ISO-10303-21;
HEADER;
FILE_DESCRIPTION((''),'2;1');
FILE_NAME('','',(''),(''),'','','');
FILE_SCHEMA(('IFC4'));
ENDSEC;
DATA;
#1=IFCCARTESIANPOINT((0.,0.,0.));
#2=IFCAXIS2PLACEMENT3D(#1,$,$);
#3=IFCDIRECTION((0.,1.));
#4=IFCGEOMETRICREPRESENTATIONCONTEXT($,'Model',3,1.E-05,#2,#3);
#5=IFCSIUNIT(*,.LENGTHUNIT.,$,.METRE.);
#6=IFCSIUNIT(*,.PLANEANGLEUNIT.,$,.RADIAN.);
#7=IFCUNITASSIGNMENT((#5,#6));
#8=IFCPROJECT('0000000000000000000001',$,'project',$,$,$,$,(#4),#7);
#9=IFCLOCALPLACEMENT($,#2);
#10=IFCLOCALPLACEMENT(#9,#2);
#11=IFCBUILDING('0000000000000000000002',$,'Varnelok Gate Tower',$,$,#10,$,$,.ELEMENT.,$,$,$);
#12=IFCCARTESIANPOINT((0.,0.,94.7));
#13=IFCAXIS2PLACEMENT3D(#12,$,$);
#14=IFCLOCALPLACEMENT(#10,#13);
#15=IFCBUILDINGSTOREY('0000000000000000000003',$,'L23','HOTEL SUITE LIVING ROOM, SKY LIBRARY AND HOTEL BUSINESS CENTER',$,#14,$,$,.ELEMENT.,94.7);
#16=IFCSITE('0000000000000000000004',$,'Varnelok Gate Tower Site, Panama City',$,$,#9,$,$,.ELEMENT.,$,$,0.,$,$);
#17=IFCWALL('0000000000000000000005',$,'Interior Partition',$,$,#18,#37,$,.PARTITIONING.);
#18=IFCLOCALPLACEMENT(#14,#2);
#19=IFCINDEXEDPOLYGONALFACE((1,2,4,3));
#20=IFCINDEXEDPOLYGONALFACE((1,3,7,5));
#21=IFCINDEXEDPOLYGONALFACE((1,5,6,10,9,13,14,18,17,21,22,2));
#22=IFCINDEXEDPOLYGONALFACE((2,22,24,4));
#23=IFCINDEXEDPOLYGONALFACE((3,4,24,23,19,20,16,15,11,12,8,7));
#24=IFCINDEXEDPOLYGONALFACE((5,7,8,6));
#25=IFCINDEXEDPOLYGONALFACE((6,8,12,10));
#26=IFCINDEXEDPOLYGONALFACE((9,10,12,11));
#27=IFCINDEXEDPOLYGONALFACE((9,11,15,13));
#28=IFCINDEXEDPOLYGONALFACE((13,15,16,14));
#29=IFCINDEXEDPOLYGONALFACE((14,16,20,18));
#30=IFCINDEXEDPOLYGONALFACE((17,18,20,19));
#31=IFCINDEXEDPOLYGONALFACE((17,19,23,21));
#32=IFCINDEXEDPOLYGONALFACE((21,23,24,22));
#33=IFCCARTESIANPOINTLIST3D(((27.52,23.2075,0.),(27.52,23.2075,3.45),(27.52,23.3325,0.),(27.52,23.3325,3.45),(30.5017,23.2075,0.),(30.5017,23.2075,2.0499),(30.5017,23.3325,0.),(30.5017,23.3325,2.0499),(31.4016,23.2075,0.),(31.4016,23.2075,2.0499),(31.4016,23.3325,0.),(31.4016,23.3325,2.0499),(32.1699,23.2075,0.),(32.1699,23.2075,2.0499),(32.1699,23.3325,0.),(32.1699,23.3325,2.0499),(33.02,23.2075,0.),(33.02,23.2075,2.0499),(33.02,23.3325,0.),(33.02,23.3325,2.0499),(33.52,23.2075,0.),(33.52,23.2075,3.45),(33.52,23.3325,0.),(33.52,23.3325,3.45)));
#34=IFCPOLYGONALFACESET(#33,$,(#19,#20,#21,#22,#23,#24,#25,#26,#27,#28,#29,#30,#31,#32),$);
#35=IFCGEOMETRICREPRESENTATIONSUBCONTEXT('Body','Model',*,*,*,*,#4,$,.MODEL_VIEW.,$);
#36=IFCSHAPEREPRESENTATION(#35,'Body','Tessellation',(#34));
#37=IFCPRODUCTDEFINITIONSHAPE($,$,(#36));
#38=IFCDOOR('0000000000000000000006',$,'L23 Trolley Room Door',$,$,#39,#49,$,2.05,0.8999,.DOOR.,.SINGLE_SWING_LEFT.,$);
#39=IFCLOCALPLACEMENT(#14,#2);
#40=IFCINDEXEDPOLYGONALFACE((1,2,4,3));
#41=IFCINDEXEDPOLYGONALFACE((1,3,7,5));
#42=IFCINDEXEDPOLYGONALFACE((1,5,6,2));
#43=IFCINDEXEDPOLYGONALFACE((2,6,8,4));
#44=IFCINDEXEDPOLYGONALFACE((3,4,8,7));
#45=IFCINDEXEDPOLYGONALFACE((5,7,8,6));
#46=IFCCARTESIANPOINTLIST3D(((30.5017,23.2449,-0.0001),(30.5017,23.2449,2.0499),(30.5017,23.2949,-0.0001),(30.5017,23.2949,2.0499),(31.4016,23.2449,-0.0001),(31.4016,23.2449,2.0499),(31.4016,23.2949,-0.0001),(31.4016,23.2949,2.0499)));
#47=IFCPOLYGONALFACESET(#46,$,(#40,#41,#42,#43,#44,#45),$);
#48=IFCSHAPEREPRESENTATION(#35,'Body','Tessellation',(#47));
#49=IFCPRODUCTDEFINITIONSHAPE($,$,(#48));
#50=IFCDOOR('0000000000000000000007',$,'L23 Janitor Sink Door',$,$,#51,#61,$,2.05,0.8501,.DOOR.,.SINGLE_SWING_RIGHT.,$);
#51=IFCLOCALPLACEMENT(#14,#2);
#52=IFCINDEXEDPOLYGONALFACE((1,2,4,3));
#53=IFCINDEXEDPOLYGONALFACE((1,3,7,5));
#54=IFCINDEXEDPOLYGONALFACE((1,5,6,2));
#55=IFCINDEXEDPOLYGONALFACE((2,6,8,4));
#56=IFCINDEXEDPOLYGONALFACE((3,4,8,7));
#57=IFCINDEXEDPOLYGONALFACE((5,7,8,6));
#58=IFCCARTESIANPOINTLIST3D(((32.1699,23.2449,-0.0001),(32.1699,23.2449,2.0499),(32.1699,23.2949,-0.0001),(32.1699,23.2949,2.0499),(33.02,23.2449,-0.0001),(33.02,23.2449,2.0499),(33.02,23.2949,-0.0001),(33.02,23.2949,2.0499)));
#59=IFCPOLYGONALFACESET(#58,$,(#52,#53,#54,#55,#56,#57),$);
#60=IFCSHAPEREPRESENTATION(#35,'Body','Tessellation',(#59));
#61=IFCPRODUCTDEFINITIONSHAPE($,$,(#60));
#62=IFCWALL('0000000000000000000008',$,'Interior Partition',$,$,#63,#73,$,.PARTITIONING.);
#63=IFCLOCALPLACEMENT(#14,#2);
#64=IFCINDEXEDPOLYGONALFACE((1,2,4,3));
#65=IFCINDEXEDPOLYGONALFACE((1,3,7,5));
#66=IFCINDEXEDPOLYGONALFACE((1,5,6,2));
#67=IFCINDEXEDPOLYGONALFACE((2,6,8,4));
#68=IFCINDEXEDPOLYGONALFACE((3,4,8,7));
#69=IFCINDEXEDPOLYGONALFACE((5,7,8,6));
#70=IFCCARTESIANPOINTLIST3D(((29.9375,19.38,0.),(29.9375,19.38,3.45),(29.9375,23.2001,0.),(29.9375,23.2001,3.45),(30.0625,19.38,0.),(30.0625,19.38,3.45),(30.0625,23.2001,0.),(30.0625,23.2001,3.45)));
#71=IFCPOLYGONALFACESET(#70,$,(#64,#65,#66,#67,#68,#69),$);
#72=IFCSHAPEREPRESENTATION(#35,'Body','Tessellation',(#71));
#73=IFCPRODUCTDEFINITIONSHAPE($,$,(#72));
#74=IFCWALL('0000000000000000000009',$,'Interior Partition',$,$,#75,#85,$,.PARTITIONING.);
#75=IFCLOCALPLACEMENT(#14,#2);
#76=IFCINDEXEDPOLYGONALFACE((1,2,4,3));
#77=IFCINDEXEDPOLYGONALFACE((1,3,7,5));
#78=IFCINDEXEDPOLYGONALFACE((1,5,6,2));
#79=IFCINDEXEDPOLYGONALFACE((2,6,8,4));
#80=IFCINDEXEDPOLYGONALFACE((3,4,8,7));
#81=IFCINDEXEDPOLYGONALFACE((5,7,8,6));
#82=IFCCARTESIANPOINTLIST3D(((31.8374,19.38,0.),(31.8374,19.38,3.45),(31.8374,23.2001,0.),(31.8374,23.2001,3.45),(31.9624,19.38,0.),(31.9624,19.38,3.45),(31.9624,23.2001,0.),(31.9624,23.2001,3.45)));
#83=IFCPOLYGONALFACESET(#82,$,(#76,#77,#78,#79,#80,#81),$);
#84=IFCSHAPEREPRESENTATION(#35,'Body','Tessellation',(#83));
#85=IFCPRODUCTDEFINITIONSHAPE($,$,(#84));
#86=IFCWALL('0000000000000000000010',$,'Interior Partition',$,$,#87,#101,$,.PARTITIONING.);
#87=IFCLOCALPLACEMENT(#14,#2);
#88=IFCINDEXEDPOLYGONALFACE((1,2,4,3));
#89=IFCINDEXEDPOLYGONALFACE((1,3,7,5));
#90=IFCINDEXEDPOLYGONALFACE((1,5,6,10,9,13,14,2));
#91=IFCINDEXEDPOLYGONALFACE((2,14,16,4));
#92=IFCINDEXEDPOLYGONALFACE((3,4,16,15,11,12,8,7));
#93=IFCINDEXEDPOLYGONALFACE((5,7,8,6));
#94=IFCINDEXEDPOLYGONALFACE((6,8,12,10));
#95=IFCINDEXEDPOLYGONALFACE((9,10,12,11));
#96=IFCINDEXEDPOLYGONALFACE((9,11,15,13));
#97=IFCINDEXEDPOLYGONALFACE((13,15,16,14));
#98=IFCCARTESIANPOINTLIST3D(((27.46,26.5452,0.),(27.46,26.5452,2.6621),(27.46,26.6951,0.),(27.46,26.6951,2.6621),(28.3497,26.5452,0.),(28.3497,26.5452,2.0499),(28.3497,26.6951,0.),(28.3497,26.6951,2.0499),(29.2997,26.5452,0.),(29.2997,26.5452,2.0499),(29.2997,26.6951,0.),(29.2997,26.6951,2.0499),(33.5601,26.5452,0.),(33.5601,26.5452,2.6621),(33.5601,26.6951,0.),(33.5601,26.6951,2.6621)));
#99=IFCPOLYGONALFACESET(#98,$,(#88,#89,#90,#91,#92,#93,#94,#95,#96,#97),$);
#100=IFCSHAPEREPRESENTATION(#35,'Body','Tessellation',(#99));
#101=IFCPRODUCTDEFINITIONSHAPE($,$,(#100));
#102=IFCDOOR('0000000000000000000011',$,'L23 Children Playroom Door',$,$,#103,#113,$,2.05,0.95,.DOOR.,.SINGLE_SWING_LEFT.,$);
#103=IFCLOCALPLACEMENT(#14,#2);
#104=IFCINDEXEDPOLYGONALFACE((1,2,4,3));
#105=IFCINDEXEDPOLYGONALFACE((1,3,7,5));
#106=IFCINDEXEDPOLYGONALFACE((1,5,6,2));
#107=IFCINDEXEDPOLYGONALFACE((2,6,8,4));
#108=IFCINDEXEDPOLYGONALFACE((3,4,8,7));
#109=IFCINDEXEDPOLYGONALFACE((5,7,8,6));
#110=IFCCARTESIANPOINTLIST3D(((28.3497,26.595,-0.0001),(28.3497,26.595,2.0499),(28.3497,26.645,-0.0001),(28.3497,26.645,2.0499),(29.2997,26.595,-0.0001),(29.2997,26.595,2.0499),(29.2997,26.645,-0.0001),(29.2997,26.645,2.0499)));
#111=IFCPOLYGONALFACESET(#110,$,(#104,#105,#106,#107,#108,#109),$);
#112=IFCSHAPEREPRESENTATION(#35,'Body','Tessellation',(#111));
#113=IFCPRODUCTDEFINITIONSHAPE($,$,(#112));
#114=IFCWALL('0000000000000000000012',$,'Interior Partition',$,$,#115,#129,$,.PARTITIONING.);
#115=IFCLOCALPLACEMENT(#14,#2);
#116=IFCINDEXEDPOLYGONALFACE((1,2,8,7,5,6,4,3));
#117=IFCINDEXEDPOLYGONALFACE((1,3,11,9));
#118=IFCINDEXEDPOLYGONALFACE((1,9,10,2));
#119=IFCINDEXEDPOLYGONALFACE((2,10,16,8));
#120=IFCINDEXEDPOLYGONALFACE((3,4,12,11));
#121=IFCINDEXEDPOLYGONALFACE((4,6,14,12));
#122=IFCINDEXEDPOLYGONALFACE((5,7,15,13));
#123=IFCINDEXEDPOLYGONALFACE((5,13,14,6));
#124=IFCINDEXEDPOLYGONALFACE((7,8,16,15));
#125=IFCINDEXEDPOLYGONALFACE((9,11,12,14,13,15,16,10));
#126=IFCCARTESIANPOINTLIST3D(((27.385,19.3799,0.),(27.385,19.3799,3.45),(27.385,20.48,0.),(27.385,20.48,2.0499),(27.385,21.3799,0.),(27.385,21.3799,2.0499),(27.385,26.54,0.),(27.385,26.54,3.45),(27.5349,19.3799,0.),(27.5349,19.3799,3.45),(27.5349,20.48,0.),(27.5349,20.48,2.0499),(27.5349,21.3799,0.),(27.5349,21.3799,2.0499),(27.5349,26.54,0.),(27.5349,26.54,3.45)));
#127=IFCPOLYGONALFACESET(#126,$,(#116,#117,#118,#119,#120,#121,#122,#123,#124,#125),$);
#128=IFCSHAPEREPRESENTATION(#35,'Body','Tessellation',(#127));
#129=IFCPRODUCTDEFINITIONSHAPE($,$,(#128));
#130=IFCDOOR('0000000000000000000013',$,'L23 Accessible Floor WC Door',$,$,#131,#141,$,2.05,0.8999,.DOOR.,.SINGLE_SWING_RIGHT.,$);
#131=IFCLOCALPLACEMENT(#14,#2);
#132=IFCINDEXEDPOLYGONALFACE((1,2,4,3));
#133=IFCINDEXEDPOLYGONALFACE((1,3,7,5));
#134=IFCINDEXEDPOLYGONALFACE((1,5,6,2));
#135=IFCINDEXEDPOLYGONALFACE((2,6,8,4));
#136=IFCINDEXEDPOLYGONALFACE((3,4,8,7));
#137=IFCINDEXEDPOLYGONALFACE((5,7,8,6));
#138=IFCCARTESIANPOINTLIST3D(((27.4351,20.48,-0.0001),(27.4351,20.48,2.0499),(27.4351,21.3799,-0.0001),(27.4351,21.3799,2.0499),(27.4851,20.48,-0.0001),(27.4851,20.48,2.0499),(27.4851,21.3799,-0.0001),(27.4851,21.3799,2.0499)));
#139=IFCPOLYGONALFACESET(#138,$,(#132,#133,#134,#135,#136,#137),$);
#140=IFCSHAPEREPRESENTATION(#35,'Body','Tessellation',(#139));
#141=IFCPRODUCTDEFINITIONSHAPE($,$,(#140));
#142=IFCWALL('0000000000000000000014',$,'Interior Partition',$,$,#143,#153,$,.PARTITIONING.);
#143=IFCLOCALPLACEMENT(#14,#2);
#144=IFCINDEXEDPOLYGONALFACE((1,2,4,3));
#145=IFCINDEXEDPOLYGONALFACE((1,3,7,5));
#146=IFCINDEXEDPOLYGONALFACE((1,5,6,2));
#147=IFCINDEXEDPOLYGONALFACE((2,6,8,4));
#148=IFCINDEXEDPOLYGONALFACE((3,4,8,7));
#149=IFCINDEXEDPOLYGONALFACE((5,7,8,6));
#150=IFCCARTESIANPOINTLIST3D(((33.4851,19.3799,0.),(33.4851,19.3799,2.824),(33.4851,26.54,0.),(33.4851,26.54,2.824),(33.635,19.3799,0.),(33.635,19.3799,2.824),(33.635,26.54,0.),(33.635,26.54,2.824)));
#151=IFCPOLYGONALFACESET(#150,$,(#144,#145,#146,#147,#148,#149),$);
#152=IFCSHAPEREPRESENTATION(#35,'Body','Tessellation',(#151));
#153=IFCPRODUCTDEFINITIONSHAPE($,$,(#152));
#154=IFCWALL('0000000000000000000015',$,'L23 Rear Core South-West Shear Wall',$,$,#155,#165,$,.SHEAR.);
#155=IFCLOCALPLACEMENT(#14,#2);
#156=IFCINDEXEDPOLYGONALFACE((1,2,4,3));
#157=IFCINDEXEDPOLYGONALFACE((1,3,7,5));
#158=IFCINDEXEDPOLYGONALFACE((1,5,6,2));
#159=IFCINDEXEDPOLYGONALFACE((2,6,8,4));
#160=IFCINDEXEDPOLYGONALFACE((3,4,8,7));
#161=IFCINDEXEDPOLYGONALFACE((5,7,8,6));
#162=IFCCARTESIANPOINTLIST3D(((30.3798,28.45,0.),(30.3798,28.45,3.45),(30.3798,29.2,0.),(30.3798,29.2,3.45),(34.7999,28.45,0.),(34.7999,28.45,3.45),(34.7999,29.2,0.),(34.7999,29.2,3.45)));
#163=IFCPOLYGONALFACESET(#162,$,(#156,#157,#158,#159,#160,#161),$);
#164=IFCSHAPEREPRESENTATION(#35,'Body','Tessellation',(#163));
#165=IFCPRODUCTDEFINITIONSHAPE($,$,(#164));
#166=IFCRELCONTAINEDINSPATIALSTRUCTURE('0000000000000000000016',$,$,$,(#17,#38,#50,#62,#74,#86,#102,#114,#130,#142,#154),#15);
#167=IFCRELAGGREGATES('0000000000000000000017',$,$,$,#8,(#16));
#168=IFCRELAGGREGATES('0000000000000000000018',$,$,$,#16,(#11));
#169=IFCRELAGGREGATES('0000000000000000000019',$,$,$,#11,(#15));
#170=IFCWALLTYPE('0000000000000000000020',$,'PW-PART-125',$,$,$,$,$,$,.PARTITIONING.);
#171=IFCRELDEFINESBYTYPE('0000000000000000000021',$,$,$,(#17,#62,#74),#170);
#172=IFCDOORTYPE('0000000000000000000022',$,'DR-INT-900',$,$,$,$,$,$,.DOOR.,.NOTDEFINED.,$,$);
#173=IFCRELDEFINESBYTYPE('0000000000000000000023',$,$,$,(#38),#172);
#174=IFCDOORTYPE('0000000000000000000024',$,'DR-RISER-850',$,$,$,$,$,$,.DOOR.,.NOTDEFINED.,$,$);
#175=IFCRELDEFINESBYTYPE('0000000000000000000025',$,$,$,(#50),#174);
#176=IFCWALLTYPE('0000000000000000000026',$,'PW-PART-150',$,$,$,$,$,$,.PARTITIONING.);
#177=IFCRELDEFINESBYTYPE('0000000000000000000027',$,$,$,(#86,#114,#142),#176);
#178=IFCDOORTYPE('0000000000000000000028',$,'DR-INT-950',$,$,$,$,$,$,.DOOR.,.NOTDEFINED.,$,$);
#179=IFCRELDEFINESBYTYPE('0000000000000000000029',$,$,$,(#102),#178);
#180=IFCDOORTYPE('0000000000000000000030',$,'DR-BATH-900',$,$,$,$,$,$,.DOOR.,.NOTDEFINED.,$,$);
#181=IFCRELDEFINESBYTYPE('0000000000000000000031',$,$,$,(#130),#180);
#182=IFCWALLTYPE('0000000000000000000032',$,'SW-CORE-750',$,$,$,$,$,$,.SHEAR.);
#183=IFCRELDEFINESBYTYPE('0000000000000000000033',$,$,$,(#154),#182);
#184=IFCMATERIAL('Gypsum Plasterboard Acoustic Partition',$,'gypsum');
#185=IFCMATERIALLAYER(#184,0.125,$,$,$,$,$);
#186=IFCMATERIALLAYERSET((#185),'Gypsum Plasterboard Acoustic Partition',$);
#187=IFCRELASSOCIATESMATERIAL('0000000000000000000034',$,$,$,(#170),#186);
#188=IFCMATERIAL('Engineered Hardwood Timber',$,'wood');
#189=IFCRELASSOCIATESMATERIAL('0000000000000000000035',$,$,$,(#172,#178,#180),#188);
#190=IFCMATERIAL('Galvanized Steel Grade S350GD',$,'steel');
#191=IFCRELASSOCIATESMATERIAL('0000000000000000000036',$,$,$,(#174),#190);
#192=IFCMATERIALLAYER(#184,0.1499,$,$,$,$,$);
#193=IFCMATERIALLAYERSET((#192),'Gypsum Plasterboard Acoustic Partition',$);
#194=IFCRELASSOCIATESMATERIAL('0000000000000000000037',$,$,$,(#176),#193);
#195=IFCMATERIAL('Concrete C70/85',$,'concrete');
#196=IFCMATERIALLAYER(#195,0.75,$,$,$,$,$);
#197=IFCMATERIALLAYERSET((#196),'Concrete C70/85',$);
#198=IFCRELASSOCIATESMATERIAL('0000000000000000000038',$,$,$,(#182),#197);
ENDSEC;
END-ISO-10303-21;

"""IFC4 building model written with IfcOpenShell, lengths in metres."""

from ifc_helpers import new_model, si_unit, direction, frame, frame_2d, origin, place, context, subcontext, project, spatial, rectangle, extrude, material, layer, layer_set, type_object, element, fill, save


model = new_model("IFC4")

# Units and contexts
model_context = context("Model", 3, precision=1e-05, world=origin(), true_north=direction((0.0, 1.0)))
body_context = subcontext(model_context, "Body", "Model", "MODEL_VIEW")
ifc_project = project(units=[si_unit("LENGTHUNIT", "METRE"), si_unit("PLANEANGLEUNIT", "RADIAN")], contexts=[model_context])

# Site, building, storey
site_placement = place(None, origin())
site = spatial("IfcSite", under=ifc_project, at=site_placement, Name="Varnelok Gate Tower Site, Panama City", CompositionType="ELEMENT", RefElevation=0.0)
building_placement = place(site_placement, origin())
building = spatial("IfcBuilding", under=site, at=building_placement, Name="Varnelok Gate Tower", CompositionType="ELEMENT")
storey_placement = place(building_placement, frame((0.0, 0.0, 94.7)))
storey = spatial("IfcBuildingStorey", under=building, at=storey_placement, Name="L23", Description="HOTEL SUITE LIVING ROOM, SKY LIBRARY AND HOTEL BUSINESS CENTER", CompositionType="ELEMENT", Elevation=94.7)

# Shared definitions
ifc_material_1 = material(Name="Concrete C70/85", Category="concrete")

# Wall, openings, doors
ifc_material_2 = material(Name="Gypsum Plasterboard Acoustic Partition", Category="gypsum")
ifc_layer_1 = layer(ifc_material_2, 0.125)
ifc_layer_set_1 = layer_set([ifc_layer_1], Name="Gypsum Plasterboard Acoustic Partition")
wall_type_1 = type_object("IfcWallType", Name="PW-PART-125", PredefinedType="PARTITIONING", material=ifc_layer_set_1)
wall_1_placement = place(storey_placement, frame((27.52, 23.27, 0.0), z_axis=(0.0, 0.0, 1.0), x_axis=(1.0, 0.0, 0.0)))
wall_1 = element("IfcWall", 1, at=wall_1_placement, inside=storey, type_object=wall_type_1, Name="Interior Partition", PredefinedType="PARTITIONING", context=body_context, shape_type="SweptSolid", body=[
    extrude(rectangle(XDim=6.0, YDim=0.125, at=frame_2d((3.0, 0.0))), origin(), (0.0, 0.0, 1.0), 3.45),
])
opening_1_placement = place(wall_1_placement, frame((2.9817, 0.0, 0.0)))
opening_1 = element("IfcOpeningElement", 2, at=opening_1_placement, cuts=wall_1, PredefinedType="OPENING", context=body_context, shape_type="SweptSolid", body=[
    extrude(rectangle(XDim=0.8999, YDim=2.05, at=frame_2d((0.45, 1.0249))), frame((0.0, 0.0725, 0.0), z_axis=(0.0, -1.0, 0.0), x_axis=(1.0, 0.0, 0.0)), (0.0, 0.0, 1.0), 0.145),
])
opening_2_placement = place(wall_1_placement, frame((4.6499, 0.0, 0.0)))
opening_2 = element("IfcOpeningElement", 3, at=opening_2_placement, cuts=wall_1, PredefinedType="OPENING", context=body_context, shape_type="SweptSolid", body=[
    extrude(rectangle(XDim=0.8501, YDim=2.05, at=frame_2d((0.425, 1.0249))), frame((0.0, 0.0725, 0.0), z_axis=(0.0, -1.0, 0.0), x_axis=(1.0, 0.0, 0.0)), (0.0, 0.0, 1.0), 0.145),
])
ifc_material_3 = material(Name="Engineered Hardwood Timber", Category="wood")
door_type_1 = type_object("IfcDoorType", Name="DR-INT-900", OperationType="NOTDEFINED", PredefinedType="DOOR", material=ifc_material_3)
door_1_placement = place(opening_1_placement, origin())
door_1 = element("IfcDoor", 4, at=door_1_placement, inside=storey, type_object=door_type_1, Name="L23 Trolley Room Door", OperationType="SINGLE_SWING_LEFT", OverallHeight=2.05, OverallWidth=0.8999, PredefinedType="DOOR", context=body_context, shape_type="SweptSolid", body=[
    extrude(rectangle(XDim=0.8999, YDim=2.05, at=frame_2d((0.45, 1.0249))), frame((0.0, 0.0249, 0.0), z_axis=(0.0, -1.0, 0.0), x_axis=(1.0, 0.0, 0.0)), (0.0, 0.0, 1.0), 0.05),
])
fill(opening_1, door_1)
ifc_material_4 = material(Name="Galvanized Steel Grade S350GD", Category="steel")
door_type_2 = type_object("IfcDoorType", Name="DR-RISER-850", OperationType="NOTDEFINED", PredefinedType="DOOR", material=ifc_material_4)
door_2_placement = place(opening_2_placement, origin())
door_2 = element("IfcDoor", 5, at=door_2_placement, inside=storey, type_object=door_type_2, Name="L23 Janitor Sink Door", OperationType="SINGLE_SWING_RIGHT", OverallHeight=2.05, OverallWidth=0.8501, PredefinedType="DOOR", context=body_context, shape_type="SweptSolid", body=[
    extrude(rectangle(XDim=0.8501, YDim=2.05, at=frame_2d((0.425, 1.0249))), frame((0.0, 0.0249, 0.0), z_axis=(0.0, -1.0, 0.0), x_axis=(1.0, 0.0, 0.0)), (0.0, 0.0, 1.0), 0.05),
])
fill(opening_2, door_2)

# Walls
for number, where, z_axis, x_axis, name in (
    (6, (30.0, 19.3799, 0.0), (0.0, 0.0, 1.0), (0.0, 1.0, 0.0), "Interior Partition"),
    (7, (31.8999, 19.3799, 0.0), (0.0, 0.0, 1.0), (0.0, 1.0, 0.0), "Interior Partition"),
):
    element("IfcWall", number, at=place(storey_placement, frame(where, z_axis=z_axis, x_axis=x_axis)), inside=storey, type_object=wall_type_1, Name=name, PredefinedType="PARTITIONING", context=body_context, shape_type="SweptSolid", body=[
        extrude(rectangle(XDim=3.8201, YDim=0.125, at=frame_2d((1.9102, 0.0))), origin(), (0.0, 0.0, 1.0), 3.45),
    ])

# Walls, openings, doors
ifc_layer_2 = layer(ifc_material_2, 0.1499)
ifc_layer_set_2 = layer_set([ifc_layer_2], Name="Gypsum Plasterboard Acoustic Partition")
wall_type_2 = type_object("IfcWallType", Name="PW-PART-150", PredefinedType="PARTITIONING", material=ifc_layer_set_2)
wall_2_placement = place(storey_placement, frame((27.46, 26.6201, 0.0), z_axis=(0.0, 0.0, 1.0), x_axis=(1.0, 0.0, 0.0)))
wall_2 = element("IfcWall", 8, at=wall_2_placement, inside=storey, type_object=wall_type_2, Name="Interior Partition", PredefinedType="PARTITIONING", context=body_context, shape_type="SweptSolid", body=[
    extrude(rectangle(XDim=6.1001, YDim=0.1499, at=frame_2d((3.05, 0.0))), origin(), (0.0, 0.0, 1.0), 2.6621),
])
opening_3_placement = place(wall_2_placement, frame((0.8896, 0.0, 0.0)))
opening_3 = element("IfcOpeningElement", 9, at=opening_3_placement, cuts=wall_2, PredefinedType="OPENING", context=body_context, shape_type="SweptSolid", body=[
    extrude(rectangle(XDim=0.95, YDim=2.05, at=frame_2d((0.4751, 1.0249))), frame((0.0, 0.085, 0.0), z_axis=(0.0, -1.0, 0.0), x_axis=(1.0, 0.0, 0.0)), (0.0, 0.0, 1.0), 0.1699),
])
door_type_3 = type_object("IfcDoorType", Name="DR-INT-950", OperationType="NOTDEFINED", PredefinedType="DOOR", material=ifc_material_3)
door_3_placement = place(opening_3_placement, origin())
door_3 = element("IfcDoor", 10, at=door_3_placement, inside=storey, type_object=door_type_3, Name="L23 Children Playroom Door", OperationType="SINGLE_SWING_LEFT", OverallHeight=2.05, OverallWidth=0.95, PredefinedType="DOOR", context=body_context, shape_type="SweptSolid", body=[
    extrude(rectangle(XDim=0.95, YDim=2.05, at=frame_2d((0.4751, 1.0249))), frame((0.0, 0.0249, 0.0), z_axis=(0.0, -1.0, 0.0), x_axis=(1.0, 0.0, 0.0)), (0.0, 0.0, 1.0), 0.05),
])
fill(opening_3, door_3)
wall_3_placement = place(storey_placement, frame((27.46, 19.3799, 0.0), z_axis=(0.0, 0.0, 1.0), x_axis=(0.0, 1.0, 0.0)))
wall_3 = element("IfcWall", 11, at=wall_3_placement, inside=storey, type_object=wall_type_2, Name="Interior Partition", PredefinedType="PARTITIONING", context=body_context, shape_type="SweptSolid", body=[
    extrude(rectangle(XDim=7.1602, YDim=0.1499, at=frame_2d((3.5801, 0.0))), origin(), (0.0, 0.0, 1.0), 3.45),
])
opening_4_placement = place(wall_3_placement, frame((1.1001, 0.0, 0.0)))
opening_4 = element("IfcOpeningElement", 12, at=opening_4_placement, cuts=wall_3, PredefinedType="OPENING", context=body_context, shape_type="SweptSolid", body=[
    extrude(rectangle(XDim=0.8999, YDim=2.05, at=frame_2d((0.45, 1.0249))), frame((0.0, 0.085, 0.0), z_axis=(0.0, -1.0, 0.0), x_axis=(1.0, 0.0, 0.0)), (0.0, 0.0, 1.0), 0.1699),
])
door_type_4 = type_object("IfcDoorType", Name="DR-BATH-900", OperationType="NOTDEFINED", PredefinedType="DOOR", material=ifc_material_3)
door_4_placement = place(opening_4_placement, origin())
door_4 = element("IfcDoor", 13, at=door_4_placement, inside=storey, type_object=door_type_4, Name="L23 Accessible Floor WC Door", OperationType="SINGLE_SWING_RIGHT", OverallHeight=2.05, OverallWidth=0.8999, PredefinedType="DOOR", context=body_context, shape_type="SweptSolid", body=[
    extrude(rectangle(XDim=0.8999, YDim=2.05, at=frame_2d((0.45, 1.0249))), frame((0.0, 0.0249, 0.0), z_axis=(0.0, -1.0, 0.0), x_axis=(1.0, 0.0, 0.0)), (0.0, 0.0, 1.0), 0.05),
])
fill(opening_4, door_4)

# Walls
wall_4_placement = place(storey_placement, frame((33.5601, 19.3799, 0.0), z_axis=(0.0, 0.0, 1.0), x_axis=(0.0, 1.0, 0.0)))
element("IfcWall", 14, at=wall_4_placement, inside=storey, type_object=wall_type_2, Name="Interior Partition", PredefinedType="PARTITIONING", context=body_context, shape_type="SweptSolid", body=[
    extrude(rectangle(XDim=7.1602, YDim=0.1499, at=frame_2d((3.5801, 0.0))), origin(), (0.0, 0.0, 1.0), 2.824),
])
ifc_layer_3 = layer(ifc_material_1, 0.75)
ifc_layer_set_3 = layer_set([ifc_layer_3], Name="Concrete C70/85")
wall_type_3 = type_object("IfcWallType", Name="SW-CORE-750", PredefinedType="SHEAR", material=ifc_layer_set_3)
wall_5_placement = place(storey_placement, frame((30.3799, 28.825, 0.0), z_axis=(0.0, 0.0, 1.0), x_axis=(1.0, 0.0, 0.0)))
element("IfcWall", 15, at=wall_5_placement, inside=storey, type_object=wall_type_3, Name="L23 Rear Core South-West Shear Wall", PredefinedType="SHEAR", context=body_context, shape_type="SweptSolid", body=[
    extrude(rectangle(XDim=4.4202, YDim=0.75, at=frame_2d((2.21, 0.0))), origin(), (0.0, 0.0, 1.0), 3.45),
])

save(model, "model.ifc")
